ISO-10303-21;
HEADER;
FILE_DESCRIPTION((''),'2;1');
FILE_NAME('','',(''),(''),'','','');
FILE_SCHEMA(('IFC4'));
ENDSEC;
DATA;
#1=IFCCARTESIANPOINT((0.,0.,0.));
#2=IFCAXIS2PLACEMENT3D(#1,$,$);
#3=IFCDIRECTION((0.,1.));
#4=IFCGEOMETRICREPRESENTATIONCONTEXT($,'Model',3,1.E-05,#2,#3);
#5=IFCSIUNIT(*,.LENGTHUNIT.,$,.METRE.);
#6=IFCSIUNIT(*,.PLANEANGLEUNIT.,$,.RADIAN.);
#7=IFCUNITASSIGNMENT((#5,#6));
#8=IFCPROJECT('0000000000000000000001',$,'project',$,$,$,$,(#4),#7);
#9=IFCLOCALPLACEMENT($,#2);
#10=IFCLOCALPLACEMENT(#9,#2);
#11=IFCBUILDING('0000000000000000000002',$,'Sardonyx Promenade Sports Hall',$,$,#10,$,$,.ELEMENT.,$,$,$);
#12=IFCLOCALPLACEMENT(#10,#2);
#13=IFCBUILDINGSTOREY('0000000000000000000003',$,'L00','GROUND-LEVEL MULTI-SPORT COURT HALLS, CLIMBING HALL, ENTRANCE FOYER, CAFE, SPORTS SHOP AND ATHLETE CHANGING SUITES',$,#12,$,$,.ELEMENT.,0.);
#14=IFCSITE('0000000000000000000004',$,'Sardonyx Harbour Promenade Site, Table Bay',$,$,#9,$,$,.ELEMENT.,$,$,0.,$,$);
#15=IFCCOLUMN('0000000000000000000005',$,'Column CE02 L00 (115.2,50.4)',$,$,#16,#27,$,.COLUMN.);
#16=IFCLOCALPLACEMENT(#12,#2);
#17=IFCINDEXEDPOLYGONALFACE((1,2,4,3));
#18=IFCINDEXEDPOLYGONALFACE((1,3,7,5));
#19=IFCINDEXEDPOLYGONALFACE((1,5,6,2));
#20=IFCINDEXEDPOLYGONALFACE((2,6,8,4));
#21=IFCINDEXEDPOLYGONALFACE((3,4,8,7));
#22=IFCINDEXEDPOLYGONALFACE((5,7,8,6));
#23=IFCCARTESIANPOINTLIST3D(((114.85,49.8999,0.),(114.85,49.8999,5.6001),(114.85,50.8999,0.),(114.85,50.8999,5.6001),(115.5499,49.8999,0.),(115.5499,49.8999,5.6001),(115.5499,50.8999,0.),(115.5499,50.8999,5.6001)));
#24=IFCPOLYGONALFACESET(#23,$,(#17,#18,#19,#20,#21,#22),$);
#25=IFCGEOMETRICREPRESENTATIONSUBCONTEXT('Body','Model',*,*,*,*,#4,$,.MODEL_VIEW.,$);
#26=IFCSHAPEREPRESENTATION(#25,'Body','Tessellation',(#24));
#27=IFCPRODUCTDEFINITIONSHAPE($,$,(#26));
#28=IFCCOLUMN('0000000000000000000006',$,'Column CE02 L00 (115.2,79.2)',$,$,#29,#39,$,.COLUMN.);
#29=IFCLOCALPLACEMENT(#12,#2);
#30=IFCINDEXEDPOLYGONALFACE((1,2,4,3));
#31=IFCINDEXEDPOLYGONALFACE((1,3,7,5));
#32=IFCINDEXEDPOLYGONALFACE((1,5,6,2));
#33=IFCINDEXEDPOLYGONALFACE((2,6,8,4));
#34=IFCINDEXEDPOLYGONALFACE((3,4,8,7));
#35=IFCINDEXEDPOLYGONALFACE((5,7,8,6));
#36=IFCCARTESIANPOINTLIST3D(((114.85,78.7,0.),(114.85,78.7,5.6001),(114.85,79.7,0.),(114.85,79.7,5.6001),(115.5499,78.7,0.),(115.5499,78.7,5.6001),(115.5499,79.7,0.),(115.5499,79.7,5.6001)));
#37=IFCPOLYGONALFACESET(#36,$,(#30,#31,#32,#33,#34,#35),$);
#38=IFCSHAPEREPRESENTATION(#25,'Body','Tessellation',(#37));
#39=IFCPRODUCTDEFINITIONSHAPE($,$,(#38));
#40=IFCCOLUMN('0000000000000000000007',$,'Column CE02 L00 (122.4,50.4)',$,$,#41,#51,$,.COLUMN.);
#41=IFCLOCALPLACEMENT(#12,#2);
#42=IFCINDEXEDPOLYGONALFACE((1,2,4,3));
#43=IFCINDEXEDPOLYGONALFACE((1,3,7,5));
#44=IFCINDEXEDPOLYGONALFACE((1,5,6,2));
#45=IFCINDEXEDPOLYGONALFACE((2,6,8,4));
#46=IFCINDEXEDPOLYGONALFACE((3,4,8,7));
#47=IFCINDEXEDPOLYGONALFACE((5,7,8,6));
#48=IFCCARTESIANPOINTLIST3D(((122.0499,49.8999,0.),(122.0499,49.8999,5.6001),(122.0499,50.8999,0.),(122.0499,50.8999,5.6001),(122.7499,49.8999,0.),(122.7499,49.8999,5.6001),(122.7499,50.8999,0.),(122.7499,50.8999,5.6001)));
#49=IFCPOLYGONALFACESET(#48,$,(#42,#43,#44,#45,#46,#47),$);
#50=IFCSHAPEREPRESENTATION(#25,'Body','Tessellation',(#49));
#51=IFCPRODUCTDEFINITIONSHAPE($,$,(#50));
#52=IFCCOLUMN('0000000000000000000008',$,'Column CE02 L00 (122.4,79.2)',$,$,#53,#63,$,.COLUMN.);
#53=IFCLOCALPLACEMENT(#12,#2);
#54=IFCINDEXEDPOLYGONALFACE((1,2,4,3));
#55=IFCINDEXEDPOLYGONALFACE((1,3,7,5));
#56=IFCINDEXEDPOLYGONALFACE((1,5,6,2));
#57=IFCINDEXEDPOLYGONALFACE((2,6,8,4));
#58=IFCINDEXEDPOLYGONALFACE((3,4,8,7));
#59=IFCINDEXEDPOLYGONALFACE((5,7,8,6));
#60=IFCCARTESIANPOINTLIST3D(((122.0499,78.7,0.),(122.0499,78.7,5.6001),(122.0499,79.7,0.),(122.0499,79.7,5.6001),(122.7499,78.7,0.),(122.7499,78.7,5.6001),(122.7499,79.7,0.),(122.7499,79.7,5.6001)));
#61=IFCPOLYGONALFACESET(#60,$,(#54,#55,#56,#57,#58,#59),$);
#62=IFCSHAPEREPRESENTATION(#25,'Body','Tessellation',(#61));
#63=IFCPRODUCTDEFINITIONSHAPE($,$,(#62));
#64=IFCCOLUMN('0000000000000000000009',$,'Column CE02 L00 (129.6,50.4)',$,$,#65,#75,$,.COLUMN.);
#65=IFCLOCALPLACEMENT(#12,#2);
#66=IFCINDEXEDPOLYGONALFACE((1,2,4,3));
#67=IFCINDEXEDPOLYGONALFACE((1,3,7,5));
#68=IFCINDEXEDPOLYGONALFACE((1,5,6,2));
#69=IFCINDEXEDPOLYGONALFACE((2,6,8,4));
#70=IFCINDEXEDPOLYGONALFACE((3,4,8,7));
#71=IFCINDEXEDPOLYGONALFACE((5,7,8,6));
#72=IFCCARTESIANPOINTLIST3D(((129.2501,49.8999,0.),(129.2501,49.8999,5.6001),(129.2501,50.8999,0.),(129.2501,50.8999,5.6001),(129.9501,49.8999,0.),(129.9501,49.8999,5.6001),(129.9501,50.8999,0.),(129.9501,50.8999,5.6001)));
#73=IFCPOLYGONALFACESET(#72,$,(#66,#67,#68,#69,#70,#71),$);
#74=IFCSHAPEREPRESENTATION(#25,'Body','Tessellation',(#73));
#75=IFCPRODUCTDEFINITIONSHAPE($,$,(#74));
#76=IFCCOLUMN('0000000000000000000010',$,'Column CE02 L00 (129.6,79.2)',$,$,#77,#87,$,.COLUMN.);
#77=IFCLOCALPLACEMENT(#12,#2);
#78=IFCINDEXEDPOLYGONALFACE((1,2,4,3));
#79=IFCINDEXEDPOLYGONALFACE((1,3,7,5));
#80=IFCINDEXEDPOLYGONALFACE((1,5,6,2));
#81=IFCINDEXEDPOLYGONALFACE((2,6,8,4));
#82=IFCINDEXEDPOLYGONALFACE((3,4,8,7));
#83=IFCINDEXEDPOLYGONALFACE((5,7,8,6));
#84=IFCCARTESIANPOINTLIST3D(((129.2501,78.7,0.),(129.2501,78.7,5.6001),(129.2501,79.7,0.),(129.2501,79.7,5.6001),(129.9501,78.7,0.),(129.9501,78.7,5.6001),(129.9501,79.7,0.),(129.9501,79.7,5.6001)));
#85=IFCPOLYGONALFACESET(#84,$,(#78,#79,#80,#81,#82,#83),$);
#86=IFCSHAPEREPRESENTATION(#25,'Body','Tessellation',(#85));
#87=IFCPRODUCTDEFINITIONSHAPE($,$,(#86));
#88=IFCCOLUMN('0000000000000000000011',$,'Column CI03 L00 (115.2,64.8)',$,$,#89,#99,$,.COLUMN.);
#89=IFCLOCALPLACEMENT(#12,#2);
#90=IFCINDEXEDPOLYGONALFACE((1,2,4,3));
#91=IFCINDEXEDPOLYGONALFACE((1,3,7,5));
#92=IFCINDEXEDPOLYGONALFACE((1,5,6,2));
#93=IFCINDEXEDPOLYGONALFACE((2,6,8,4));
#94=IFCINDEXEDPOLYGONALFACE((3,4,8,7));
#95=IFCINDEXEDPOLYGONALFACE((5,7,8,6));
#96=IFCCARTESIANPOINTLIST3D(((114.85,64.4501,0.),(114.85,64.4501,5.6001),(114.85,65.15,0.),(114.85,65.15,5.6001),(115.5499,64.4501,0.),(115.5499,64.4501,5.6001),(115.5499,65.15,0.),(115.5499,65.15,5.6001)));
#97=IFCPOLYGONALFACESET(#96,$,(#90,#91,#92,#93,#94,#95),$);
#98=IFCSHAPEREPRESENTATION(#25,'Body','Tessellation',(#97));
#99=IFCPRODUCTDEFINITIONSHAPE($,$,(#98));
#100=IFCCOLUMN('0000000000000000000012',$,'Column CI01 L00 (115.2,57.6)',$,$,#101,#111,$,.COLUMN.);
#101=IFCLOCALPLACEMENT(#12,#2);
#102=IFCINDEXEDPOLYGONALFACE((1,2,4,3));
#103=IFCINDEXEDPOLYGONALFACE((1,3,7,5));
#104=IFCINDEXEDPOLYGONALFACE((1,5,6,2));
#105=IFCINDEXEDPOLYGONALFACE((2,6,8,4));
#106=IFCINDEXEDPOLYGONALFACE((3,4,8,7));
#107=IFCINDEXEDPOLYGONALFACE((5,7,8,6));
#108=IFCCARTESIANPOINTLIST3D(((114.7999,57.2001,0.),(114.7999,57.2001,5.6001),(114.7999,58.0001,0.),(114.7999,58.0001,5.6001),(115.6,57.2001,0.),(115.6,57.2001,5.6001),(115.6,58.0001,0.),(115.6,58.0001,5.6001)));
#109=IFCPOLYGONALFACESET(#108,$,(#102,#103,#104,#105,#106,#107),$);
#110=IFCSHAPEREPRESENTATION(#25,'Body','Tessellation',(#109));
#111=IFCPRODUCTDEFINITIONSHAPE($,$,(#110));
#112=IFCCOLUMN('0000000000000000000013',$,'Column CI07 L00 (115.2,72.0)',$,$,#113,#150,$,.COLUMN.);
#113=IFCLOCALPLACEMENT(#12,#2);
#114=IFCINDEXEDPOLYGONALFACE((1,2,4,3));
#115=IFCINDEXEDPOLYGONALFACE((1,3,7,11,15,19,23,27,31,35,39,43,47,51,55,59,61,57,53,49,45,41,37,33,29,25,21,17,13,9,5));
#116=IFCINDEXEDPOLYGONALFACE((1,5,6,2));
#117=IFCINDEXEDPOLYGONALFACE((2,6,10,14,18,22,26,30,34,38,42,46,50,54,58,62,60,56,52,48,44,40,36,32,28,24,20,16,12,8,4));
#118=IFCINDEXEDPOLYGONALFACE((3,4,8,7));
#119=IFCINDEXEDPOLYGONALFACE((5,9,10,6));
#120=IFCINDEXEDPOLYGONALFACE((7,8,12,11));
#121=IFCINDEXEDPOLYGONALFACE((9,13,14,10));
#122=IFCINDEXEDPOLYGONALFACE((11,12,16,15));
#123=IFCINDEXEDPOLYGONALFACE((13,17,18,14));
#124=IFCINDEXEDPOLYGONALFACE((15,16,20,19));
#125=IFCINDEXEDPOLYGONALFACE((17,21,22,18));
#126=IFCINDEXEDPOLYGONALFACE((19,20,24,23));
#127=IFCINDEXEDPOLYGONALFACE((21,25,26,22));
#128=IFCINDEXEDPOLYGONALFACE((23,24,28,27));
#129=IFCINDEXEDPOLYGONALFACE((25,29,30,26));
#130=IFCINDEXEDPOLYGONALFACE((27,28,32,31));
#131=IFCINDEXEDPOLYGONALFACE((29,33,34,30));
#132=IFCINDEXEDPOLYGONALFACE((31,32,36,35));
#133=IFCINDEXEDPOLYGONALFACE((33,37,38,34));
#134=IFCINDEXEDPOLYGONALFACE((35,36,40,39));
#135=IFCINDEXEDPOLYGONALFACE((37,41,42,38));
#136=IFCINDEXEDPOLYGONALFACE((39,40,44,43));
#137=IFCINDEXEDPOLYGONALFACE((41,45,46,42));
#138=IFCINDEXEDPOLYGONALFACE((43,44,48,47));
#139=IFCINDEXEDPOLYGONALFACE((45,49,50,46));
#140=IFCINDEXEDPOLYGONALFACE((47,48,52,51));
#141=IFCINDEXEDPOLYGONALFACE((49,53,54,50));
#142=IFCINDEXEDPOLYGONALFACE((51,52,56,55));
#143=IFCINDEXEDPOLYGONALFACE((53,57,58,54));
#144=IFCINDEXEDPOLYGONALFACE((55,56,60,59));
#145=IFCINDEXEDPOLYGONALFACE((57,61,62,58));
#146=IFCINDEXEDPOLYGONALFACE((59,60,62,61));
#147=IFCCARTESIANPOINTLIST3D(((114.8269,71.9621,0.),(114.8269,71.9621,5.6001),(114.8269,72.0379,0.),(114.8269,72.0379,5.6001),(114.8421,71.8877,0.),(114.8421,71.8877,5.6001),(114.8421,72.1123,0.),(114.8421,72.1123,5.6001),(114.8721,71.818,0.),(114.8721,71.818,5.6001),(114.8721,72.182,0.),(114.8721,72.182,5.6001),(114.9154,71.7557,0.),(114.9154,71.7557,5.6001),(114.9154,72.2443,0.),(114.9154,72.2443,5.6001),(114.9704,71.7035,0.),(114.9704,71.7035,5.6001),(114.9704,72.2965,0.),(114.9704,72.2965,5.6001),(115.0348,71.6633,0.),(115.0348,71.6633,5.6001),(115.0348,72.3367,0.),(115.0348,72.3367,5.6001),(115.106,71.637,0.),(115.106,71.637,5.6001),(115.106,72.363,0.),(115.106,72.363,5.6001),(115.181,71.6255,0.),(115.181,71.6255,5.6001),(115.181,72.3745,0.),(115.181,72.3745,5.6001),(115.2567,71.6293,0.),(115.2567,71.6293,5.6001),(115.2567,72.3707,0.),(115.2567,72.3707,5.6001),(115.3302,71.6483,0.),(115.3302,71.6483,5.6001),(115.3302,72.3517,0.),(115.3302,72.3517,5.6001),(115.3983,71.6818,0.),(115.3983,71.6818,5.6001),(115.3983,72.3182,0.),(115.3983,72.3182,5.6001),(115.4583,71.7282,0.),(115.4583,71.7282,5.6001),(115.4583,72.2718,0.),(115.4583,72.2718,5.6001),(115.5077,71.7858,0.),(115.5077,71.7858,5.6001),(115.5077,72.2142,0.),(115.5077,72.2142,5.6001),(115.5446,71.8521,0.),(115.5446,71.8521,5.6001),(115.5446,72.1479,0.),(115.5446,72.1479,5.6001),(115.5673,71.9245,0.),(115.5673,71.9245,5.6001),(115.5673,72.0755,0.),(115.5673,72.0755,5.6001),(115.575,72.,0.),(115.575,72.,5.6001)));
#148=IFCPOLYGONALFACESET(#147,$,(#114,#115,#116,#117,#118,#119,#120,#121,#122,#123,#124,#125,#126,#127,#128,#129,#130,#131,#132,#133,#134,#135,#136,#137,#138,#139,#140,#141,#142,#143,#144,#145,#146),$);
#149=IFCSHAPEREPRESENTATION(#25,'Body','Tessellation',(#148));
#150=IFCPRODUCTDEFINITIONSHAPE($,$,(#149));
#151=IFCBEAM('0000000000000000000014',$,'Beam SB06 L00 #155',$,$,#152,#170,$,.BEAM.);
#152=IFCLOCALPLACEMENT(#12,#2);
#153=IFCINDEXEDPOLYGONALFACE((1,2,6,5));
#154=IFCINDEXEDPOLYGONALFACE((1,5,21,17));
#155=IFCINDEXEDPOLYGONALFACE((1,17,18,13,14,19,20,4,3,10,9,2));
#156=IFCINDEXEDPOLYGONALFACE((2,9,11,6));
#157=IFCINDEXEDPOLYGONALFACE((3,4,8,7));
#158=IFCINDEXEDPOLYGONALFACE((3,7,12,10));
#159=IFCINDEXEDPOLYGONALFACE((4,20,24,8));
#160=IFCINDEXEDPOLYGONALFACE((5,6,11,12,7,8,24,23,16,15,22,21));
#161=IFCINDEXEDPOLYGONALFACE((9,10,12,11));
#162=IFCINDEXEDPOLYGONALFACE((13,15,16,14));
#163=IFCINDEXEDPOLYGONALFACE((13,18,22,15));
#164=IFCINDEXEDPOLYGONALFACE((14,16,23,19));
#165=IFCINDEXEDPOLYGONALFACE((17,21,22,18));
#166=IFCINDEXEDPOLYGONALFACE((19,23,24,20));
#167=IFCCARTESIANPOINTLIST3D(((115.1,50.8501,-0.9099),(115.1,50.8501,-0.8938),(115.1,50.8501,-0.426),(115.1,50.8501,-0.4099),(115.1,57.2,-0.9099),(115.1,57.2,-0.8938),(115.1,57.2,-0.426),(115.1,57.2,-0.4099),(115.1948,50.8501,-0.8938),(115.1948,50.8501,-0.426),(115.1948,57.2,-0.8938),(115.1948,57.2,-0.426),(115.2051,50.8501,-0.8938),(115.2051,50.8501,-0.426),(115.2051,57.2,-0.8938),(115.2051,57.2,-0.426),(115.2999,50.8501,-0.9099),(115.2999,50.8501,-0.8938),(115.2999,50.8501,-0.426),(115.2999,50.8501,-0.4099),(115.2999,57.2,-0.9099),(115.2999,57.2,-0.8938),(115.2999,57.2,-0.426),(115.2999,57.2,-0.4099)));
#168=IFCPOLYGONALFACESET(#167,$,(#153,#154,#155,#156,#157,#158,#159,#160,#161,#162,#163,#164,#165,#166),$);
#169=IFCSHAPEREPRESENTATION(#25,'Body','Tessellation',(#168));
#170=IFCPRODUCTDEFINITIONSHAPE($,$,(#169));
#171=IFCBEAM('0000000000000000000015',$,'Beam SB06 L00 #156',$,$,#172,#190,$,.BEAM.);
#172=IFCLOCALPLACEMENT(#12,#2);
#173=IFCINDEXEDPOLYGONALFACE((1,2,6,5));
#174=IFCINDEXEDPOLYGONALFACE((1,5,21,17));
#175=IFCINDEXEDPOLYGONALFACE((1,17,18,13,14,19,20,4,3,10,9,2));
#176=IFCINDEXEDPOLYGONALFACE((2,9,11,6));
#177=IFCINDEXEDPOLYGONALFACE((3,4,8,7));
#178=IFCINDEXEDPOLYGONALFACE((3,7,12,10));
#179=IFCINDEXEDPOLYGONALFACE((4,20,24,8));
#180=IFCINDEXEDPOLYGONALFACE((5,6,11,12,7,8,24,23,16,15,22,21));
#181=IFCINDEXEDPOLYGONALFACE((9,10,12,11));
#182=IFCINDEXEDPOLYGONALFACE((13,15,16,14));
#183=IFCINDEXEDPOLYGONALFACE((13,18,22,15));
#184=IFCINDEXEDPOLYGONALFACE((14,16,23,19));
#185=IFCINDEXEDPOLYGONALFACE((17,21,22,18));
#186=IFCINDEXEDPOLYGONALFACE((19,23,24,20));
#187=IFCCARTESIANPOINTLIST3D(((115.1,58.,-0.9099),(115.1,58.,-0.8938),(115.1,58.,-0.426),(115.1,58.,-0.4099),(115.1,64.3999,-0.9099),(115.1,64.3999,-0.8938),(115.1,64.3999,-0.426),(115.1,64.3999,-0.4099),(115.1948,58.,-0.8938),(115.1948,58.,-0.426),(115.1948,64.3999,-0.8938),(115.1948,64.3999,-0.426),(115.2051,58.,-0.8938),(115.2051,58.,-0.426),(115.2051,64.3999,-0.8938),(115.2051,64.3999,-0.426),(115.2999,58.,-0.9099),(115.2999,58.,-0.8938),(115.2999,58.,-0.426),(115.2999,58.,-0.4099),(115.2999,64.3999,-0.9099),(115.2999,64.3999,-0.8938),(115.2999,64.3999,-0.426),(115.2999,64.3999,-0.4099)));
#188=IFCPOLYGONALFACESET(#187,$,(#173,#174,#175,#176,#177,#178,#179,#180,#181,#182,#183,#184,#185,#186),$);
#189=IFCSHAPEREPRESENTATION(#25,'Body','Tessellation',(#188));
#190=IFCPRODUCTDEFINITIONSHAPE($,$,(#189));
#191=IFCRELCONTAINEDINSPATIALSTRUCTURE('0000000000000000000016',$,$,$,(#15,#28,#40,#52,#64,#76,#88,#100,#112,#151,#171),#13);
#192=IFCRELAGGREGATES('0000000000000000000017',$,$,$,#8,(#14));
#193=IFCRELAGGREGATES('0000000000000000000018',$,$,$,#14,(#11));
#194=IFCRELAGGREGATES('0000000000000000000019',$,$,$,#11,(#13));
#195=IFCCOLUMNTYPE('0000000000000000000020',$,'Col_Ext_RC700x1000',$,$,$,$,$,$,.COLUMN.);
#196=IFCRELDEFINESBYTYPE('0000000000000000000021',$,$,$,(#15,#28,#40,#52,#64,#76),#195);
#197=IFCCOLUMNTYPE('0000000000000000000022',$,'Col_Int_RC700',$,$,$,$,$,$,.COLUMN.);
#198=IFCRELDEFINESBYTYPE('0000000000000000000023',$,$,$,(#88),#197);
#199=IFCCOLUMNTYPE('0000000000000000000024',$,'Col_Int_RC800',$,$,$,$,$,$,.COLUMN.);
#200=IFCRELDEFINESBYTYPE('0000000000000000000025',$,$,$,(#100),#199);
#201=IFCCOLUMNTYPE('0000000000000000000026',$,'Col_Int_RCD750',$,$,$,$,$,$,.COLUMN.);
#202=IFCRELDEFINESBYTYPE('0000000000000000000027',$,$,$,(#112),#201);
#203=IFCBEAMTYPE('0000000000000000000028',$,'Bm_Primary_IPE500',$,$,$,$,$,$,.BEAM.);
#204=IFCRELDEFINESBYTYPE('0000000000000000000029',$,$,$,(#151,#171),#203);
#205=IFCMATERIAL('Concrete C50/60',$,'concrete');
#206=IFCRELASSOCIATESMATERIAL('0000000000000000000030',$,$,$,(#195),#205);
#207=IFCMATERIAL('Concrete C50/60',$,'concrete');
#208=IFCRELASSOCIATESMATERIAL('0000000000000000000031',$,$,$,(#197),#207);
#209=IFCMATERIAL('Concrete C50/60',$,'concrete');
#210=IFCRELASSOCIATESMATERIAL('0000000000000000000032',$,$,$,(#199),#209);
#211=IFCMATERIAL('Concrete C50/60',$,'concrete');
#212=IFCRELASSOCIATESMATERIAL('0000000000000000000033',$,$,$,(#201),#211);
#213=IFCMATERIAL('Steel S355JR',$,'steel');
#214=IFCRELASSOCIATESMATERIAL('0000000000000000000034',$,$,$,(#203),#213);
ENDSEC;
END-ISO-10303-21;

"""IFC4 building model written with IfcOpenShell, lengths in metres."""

from ifc_helpers import new_model, si_unit, direction, frame, origin, origin_2d, place, context, subcontext, project, spatial, rectangle, circle, i_section, extrude, material, material_profile, profile_set, type_object, element, save


model = new_model("IFC4")

# Units and contexts
model_context = context("Model", 3, precision=1e-05, world=origin(), true_north=direction((0.0, 1.0)))
body_context = subcontext(model_context, "Body", "Model", "MODEL_VIEW")
ifc_project = project(units=[si_unit("LENGTHUNIT", "METRE"), si_unit("PLANEANGLEUNIT", "RADIAN")], contexts=[model_context])

# Site, building, storey
site_placement = place(None, origin())
site = spatial("IfcSite", under=ifc_project, at=site_placement, Name="Sardonyx Harbour Promenade Site, Table Bay", CompositionType="ELEMENT", RefElevation=0.0)
building_placement = place(site_placement, origin())
building = spatial("IfcBuilding", under=site, at=building_placement, Name="Sardonyx Promenade Sports Hall", CompositionType="ELEMENT")
storey_placement = place(building_placement, origin())
storey = spatial("IfcBuildingStorey", under=building, at=storey_placement, Name="L00", Description="GROUND-LEVEL MULTI-SPORT COURT HALLS, CLIMBING HALL, ENTRANCE FOYER, CAFE, SPORTS SHOP AND ATHLETE CHANGING SUITES", CompositionType="ELEMENT", Elevation=0.0)

# Columns
ifc_material_1 = material(Name="Concrete C50/60", Category="concrete")
ifc_material_profile_1 = material_profile(ifc_material_1, rectangle(XDim=0.7, YDim=1.0, at=origin_2d()))
ifc_profile_set_1 = profile_set([ifc_material_profile_1], Name="Concrete C50/60")
column_type_1 = type_object("IfcColumnType", Name="Col_Ext_RC700x1000", PredefinedType="COLUMN", material=ifc_profile_set_1)
for number, where, z_axis, x_axis, name in (
    (1, (115.2, 50.3999, 0.0), (0.0, 0.0, 1.0), (1.0, 0.0, 0.0), "Column CE02 L00 (115.2,50.4)"),
    (2, (115.2, 79.2, 0.0), (0.0, 0.0, 1.0), (1.0, 0.0, 0.0), "Column CE02 L00 (115.2,79.2)"),
    (3, (122.3999, 50.3999, 0.0), (0.0, 0.0, 1.0), (1.0, 0.0, 0.0), "Column CE02 L00 (122.4,50.4)"),
    (4, (122.3999, 79.2, 0.0), (0.0, 0.0, 1.0), (1.0, 0.0, 0.0), "Column CE02 L00 (122.4,79.2)"),
    (5, (129.6001, 50.3999, 0.0), (0.0, 0.0, 1.0), (1.0, 0.0, 0.0), "Column CE02 L00 (129.6,50.4)"),
    (6, (129.6001, 79.2, 0.0), (0.0, 0.0, 1.0), (1.0, 0.0, 0.0), "Column CE02 L00 (129.6,79.2)"),
):
    element("IfcColumn", number, at=place(storey_placement, frame(where, z_axis=z_axis, x_axis=x_axis)), inside=storey, type_object=column_type_1, Name=name, PredefinedType="COLUMN", context=body_context, shape_type="SweptSolid", body=[
        extrude(rectangle(XDim=0.7, YDim=1.0, at=origin_2d()), origin(), (0.0, 0.0, 1.0), 5.6001),
    ])
ifc_material_2 = material(Name="Concrete C50/60", Category="concrete")
ifc_material_profile_2 = material_profile(ifc_material_2, rectangle(XDim=0.7, YDim=0.7, at=origin_2d()))
ifc_profile_set_2 = profile_set([ifc_material_profile_2], Name="Concrete C50/60")
column_type_2 = type_object("IfcColumnType", Name="Col_Int_RC700", PredefinedType="COLUMN", material=ifc_profile_set_2)
column_1_placement = place(storey_placement, frame((115.2, 64.8, 0.0), z_axis=(0.0, 0.0, 1.0), x_axis=(1.0, 0.0, 0.0)))
element("IfcColumn", 7, at=column_1_placement, inside=storey, type_object=column_type_2, Name="Column CI03 L00 (115.2,64.8)", PredefinedType="COLUMN", context=body_context, shape_type="SweptSolid", body=[
    extrude(rectangle(XDim=0.7, YDim=0.7, at=origin_2d()), origin(), (0.0, 0.0, 1.0), 5.6001),
])
ifc_material_3 = material(Name="Concrete C50/60", Category="concrete")
ifc_material_profile_3 = material_profile(ifc_material_3, rectangle(XDim=0.8, YDim=0.8, at=origin_2d()))
ifc_profile_set_3 = profile_set([ifc_material_profile_3], Name="Concrete C50/60")
column_type_3 = type_object("IfcColumnType", Name="Col_Int_RC800", PredefinedType="COLUMN", material=ifc_profile_set_3)
column_2_placement = place(storey_placement, frame((115.2, 57.6001, 0.0), z_axis=(0.0, 0.0, 1.0), x_axis=(1.0, 0.0, 0.0)))
element("IfcColumn", 8, at=column_2_placement, inside=storey, type_object=column_type_3, Name="Column CI01 L00 (115.2,57.6)", PredefinedType="COLUMN", context=body_context, shape_type="SweptSolid", body=[
    extrude(rectangle(XDim=0.8, YDim=0.8, at=origin_2d()), origin(), (0.0, 0.0, 1.0), 5.6001),
])
ifc_material_4 = material(Name="Concrete C50/60", Category="concrete")
ifc_material_profile_4 = material_profile(ifc_material_4, circle(Radius=0.375, at=origin_2d()))
ifc_profile_set_4 = profile_set([ifc_material_profile_4], Name="Concrete C50/60")
column_type_4 = type_object("IfcColumnType", Name="Col_Int_RCD750", PredefinedType="COLUMN", material=ifc_profile_set_4)
column_3_placement = place(storey_placement, frame((115.2, 72.0, 0.0), z_axis=(0.0, 0.0, 1.0), x_axis=(1.0, 0.0, 0.0)))
element("IfcColumn", 9, at=column_3_placement, inside=storey, type_object=column_type_4, Name="Column CI07 L00 (115.2,72.0)", PredefinedType="COLUMN", context=body_context, shape_type="SweptSolid", body=[
    extrude(circle(Radius=0.375, at=origin_2d()), origin(), (0.0, 0.0, 1.0), 5.6001),
])

# Beams
ifc_material_5 = material(Name="Steel S355JR", Category="steel")
ifc_material_profile_5 = material_profile(ifc_material_5, i_section(OverallWidth=0.2, OverallDepth=0.5, WebThickness=0.0103, FlangeThickness=0.0161, at=origin_2d()))
ifc_profile_set_5 = profile_set([ifc_material_profile_5], Name="Steel S355JR")
beam_type = type_object("IfcBeamType", Name="Bm_Primary_IPE500", PredefinedType="BEAM", material=ifc_profile_set_5)
beam_1_placement = place(storey_placement, frame((115.2, 50.8501, -0.6599), z_axis=(0.0, 1.0, 0.0), x_axis=(-1.0, 0.0, 0.0)))
element("IfcBeam", 10, at=beam_1_placement, inside=storey, type_object=beam_type, Name="Beam SB06 L00 #155", PredefinedType="BEAM", context=body_context, shape_type="SweptSolid", body=[
    extrude(i_section(OverallWidth=0.2, OverallDepth=0.5, WebThickness=0.0103, FlangeThickness=0.0161, at=origin_2d()), origin(), (0.0, 0.0, 1.0), 6.3499),
])
beam_2_placement = place(storey_placement, frame((115.2, 58.0, -0.6599), z_axis=(0.0, 1.0, 0.0), x_axis=(-1.0, 0.0, 0.0)))
element("IfcBeam", 11, at=beam_2_placement, inside=storey, type_object=beam_type, Name="Beam SB06 L00 #156", PredefinedType="BEAM", context=body_context, shape_type="SweptSolid", body=[
    extrude(i_section(OverallWidth=0.2, OverallDepth=0.5, WebThickness=0.0103, FlangeThickness=0.0161, at=origin_2d()), origin(), (0.0, 0.0, 1.0), 6.3999),
])

save(model, "model.ifc")
